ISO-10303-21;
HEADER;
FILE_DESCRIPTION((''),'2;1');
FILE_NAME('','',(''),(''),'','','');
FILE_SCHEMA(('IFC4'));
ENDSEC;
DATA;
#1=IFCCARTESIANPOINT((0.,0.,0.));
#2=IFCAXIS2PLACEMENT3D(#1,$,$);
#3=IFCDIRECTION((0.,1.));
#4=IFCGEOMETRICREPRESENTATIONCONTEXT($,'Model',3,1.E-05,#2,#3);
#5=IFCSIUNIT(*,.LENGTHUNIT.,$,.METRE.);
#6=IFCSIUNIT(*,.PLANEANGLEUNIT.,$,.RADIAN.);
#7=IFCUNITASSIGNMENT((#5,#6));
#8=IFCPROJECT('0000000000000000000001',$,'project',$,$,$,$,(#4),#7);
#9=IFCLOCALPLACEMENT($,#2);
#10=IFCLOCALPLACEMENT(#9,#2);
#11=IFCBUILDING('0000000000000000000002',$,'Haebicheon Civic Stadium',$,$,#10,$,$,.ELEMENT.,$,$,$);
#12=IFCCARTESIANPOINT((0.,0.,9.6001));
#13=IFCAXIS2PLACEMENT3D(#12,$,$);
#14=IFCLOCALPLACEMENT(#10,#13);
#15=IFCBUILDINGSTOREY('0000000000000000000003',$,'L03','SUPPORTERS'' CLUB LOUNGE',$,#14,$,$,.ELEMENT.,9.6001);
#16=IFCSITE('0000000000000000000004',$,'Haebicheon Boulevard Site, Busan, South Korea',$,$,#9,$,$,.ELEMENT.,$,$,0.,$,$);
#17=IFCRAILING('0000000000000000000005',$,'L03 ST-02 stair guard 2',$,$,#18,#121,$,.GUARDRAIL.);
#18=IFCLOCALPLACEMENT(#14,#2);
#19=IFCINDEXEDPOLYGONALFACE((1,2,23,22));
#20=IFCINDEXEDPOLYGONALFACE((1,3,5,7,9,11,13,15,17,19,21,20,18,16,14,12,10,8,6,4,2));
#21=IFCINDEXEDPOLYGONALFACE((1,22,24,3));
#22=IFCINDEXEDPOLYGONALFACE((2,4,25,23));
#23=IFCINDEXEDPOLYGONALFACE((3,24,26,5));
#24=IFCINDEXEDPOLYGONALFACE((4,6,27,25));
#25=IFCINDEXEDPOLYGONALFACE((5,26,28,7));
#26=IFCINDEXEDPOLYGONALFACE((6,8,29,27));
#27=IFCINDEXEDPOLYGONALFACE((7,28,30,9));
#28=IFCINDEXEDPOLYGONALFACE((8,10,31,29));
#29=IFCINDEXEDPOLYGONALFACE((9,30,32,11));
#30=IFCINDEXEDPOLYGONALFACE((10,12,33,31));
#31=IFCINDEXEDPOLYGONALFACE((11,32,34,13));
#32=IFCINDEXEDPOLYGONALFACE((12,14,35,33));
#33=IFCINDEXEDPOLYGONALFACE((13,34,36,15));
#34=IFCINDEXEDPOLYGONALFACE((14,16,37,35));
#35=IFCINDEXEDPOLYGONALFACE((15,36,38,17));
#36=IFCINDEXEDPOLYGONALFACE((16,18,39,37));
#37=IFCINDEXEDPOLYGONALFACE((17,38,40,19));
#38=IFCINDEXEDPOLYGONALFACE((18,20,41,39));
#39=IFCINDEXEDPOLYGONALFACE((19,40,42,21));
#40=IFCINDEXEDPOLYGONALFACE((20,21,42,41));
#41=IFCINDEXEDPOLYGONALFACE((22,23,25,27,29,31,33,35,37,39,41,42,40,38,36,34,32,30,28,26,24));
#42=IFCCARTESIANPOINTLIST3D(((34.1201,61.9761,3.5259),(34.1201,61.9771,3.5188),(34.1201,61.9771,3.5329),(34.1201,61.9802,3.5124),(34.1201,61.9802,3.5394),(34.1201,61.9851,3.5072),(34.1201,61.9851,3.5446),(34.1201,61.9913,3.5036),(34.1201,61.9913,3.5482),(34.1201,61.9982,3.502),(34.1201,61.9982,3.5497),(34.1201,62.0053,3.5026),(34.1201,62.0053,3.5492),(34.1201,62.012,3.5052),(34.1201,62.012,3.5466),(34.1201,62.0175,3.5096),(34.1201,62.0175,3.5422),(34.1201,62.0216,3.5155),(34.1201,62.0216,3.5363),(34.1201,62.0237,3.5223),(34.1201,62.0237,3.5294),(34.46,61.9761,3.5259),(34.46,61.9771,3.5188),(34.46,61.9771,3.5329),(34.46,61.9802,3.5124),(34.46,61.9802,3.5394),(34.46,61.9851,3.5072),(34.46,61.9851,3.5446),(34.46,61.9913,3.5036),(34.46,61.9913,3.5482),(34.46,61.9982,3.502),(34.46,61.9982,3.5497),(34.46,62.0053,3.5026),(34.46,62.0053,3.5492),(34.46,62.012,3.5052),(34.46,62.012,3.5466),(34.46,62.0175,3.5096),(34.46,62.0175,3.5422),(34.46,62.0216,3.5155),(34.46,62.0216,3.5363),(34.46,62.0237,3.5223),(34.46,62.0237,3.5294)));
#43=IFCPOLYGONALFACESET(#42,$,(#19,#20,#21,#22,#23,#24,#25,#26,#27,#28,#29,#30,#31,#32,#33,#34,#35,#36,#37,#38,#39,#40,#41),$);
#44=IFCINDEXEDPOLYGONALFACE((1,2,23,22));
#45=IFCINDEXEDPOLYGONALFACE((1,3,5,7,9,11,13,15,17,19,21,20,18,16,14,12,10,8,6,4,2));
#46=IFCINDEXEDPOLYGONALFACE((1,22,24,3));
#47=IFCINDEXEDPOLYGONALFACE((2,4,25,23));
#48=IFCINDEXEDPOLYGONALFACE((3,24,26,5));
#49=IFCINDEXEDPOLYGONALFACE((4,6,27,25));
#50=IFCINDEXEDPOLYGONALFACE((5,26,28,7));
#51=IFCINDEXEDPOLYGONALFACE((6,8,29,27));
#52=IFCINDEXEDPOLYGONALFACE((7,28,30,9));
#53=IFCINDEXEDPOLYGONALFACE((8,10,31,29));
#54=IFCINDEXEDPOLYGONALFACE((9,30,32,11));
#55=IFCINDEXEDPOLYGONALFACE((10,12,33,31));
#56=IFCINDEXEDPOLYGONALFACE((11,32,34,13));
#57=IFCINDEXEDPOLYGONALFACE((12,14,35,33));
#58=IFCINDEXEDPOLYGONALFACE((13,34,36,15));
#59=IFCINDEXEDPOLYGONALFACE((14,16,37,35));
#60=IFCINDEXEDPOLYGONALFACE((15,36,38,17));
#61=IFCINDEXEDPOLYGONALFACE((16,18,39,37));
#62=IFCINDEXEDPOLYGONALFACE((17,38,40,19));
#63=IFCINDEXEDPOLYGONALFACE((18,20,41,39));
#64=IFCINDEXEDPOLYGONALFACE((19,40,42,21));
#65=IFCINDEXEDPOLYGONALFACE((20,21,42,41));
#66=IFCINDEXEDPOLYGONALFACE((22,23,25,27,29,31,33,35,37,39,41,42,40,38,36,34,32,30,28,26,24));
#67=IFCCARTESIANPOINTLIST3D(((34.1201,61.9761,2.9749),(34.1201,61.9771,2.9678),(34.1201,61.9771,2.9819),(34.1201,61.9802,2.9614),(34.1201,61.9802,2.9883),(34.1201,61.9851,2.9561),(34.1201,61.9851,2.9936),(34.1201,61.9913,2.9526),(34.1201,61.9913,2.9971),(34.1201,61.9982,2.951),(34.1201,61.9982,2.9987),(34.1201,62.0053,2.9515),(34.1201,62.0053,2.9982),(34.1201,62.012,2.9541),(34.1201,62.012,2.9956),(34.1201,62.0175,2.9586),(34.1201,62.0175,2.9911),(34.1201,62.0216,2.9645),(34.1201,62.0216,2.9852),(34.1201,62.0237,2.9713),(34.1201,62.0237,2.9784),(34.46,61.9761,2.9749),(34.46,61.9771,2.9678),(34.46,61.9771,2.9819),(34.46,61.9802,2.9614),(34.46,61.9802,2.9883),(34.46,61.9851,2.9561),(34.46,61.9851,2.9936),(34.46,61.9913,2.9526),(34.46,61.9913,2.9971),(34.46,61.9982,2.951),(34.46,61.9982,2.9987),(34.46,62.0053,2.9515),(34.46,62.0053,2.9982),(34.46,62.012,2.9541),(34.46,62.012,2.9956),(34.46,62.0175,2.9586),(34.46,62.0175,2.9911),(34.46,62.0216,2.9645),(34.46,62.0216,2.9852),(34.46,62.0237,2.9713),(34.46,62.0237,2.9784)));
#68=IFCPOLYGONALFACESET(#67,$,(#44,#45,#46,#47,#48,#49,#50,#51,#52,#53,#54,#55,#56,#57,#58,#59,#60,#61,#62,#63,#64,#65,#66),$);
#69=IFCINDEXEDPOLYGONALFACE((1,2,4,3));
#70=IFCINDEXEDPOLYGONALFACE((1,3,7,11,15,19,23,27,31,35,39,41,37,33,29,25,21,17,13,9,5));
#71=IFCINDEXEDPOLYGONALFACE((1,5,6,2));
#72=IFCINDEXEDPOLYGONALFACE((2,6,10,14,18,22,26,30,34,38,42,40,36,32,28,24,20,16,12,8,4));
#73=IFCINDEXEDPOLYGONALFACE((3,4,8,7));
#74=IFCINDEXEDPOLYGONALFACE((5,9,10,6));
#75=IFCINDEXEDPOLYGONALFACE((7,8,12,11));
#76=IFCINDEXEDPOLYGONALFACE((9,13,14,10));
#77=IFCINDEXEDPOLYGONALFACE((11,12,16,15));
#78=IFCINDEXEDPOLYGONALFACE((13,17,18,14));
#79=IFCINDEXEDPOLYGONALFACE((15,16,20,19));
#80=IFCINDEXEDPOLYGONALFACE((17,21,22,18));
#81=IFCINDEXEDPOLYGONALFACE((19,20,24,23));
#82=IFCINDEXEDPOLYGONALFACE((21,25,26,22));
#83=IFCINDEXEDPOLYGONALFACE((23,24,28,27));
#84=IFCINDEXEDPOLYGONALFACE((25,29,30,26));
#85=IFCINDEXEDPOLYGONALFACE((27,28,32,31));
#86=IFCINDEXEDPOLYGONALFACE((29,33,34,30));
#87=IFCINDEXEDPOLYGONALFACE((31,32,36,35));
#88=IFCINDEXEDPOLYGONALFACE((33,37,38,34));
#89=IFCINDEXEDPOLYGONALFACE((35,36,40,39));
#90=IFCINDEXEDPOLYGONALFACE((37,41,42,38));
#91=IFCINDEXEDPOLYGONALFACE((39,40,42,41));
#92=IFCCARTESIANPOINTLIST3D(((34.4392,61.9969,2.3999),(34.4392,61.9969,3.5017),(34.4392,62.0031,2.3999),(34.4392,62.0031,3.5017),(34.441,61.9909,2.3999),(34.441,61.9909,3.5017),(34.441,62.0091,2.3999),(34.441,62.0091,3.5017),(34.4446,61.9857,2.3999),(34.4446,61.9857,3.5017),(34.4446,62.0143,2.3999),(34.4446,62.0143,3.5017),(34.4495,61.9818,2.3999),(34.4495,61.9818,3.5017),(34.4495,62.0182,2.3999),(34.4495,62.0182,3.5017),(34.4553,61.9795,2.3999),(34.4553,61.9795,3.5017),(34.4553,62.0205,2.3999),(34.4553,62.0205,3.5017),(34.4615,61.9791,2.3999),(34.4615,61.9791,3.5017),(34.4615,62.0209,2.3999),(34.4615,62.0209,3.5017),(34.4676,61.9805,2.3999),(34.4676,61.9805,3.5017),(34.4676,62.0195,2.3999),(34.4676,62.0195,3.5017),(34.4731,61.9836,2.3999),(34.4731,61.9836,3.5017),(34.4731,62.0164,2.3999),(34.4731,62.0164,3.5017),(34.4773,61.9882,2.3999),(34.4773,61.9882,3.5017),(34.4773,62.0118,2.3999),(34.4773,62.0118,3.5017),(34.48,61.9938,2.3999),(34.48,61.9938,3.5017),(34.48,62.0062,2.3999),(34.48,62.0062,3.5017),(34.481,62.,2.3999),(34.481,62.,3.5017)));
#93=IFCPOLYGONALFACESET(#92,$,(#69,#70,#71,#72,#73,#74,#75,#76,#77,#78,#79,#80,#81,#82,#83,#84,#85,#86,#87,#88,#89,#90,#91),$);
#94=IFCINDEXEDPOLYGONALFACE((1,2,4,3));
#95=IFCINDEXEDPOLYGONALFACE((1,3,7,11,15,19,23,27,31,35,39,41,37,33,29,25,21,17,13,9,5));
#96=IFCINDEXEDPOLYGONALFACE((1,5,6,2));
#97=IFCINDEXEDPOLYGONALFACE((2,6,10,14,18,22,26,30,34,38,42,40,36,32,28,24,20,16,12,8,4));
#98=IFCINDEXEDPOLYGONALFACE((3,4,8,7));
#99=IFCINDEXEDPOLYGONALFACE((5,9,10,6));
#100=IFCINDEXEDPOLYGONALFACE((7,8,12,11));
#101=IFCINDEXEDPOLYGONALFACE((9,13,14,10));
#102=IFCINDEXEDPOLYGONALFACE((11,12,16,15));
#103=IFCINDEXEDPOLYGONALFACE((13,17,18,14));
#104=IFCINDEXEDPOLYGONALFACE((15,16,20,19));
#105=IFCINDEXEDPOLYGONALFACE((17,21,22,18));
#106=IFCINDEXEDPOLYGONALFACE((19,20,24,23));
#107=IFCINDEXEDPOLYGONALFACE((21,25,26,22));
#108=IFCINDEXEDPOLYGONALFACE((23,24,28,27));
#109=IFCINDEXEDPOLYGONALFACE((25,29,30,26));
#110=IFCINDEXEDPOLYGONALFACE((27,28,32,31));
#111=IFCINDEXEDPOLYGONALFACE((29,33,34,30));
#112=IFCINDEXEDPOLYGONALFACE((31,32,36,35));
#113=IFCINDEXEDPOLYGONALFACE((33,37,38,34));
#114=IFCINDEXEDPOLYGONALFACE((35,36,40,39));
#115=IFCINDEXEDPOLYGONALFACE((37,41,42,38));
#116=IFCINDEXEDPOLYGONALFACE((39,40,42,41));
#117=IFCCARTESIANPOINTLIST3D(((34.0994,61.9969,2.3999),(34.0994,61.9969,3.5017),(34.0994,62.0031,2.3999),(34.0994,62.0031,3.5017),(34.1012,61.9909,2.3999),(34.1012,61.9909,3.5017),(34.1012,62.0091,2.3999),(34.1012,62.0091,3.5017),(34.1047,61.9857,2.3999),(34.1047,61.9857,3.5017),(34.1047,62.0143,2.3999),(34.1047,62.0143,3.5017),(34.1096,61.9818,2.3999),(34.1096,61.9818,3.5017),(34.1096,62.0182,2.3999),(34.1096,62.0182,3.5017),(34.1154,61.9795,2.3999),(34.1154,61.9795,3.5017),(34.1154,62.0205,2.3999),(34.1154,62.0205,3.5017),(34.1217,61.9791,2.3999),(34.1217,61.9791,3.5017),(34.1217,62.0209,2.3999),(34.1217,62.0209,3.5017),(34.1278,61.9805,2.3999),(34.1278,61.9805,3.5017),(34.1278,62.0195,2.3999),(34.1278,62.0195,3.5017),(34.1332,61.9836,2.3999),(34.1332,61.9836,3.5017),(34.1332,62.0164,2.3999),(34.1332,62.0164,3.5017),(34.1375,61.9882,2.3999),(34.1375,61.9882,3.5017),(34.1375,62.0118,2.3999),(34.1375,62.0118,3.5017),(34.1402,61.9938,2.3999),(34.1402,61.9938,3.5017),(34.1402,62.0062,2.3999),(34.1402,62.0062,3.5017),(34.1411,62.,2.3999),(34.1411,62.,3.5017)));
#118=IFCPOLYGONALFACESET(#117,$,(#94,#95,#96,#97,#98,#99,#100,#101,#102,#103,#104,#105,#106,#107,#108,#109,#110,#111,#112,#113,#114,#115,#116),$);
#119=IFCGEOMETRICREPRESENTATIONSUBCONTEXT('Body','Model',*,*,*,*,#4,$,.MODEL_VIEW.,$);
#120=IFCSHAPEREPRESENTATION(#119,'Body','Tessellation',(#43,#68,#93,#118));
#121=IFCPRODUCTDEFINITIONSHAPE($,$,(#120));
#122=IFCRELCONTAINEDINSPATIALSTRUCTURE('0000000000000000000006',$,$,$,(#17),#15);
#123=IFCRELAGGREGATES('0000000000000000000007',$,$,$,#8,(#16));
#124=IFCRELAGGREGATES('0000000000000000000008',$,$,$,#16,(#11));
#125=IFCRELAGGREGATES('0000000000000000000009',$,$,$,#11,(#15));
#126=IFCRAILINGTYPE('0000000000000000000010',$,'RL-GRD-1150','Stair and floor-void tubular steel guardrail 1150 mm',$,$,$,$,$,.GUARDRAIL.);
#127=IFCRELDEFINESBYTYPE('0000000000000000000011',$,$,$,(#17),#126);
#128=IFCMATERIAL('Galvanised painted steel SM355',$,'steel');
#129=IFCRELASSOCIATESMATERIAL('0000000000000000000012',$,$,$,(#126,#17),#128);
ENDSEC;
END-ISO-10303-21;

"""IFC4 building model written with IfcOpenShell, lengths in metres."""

from ifc_helpers import new_model, si_unit, direction, frame, origin, origin_2d, place, context, subcontext, project, spatial, circle, extrude, material, type_object, element, save


model = new_model("IFC4")

# Units and contexts
model_context = context("Model", 3, precision=1e-05, world=origin(), true_north=direction((0.0, 1.0)))
body_context = subcontext(model_context, "Body", "Model", "MODEL_VIEW")
ifc_project = project(units=[si_unit("LENGTHUNIT", "METRE"), si_unit("PLANEANGLEUNIT", "RADIAN")], contexts=[model_context])

# Site, building, storey
site_placement = place(None, origin())
site = spatial("IfcSite", under=ifc_project, at=site_placement, Name="Haebicheon Boulevard Site, Busan, South Korea", CompositionType="ELEMENT", RefElevation=0.0)
building_placement = place(site_placement, origin())
building = spatial("IfcBuilding", under=site, at=building_placement, Name="Haebicheon Civic Stadium", CompositionType="ELEMENT")
storey_placement = place(building_placement, frame((0.0, 0.0, 9.6001)))
storey = spatial("IfcBuildingStorey", under=building, at=storey_placement, Name="L03", Description="SUPPORTERS' CLUB LOUNGE", CompositionType="ELEMENT", Elevation=9.6001)

# Railing
ifc_material_1 = material(Name="Galvanised painted steel SM355", Category="steel")
railing_type = type_object("IfcRailingType", Name="RL-GRD-1150", Description="Stair and floor-void tubular steel guardrail 1150 mm", PredefinedType="GUARDRAIL", material=ifc_material_1)
railing_1_placement = place(storey_placement, frame((34.46, 62.0, 2.3999)))
element("IfcRailing", 1, at=railing_1_placement, inside=storey, type_object=railing_type, material=ifc_material_1, Name="L03 ST-02 stair guard 2", PredefinedType="GUARDRAIL", context=body_context, shape_type="SweptSolid", body=[
    extrude(circle(Radius=0.0239, at=origin_2d()), frame((0.0, 0.0, 1.126), z_axis=(-1.0, 0.0, 0.0), x_axis=(0.0, -1.0, 0.0)), (0.0, 0.0, 1.0), 0.3398),
    extrude(circle(Radius=0.0239, at=origin_2d()), frame((0.0, 0.0, 0.575), z_axis=(-1.0, 0.0, 0.0), x_axis=(0.0, -1.0, 0.0)), (0.0, 0.0, 1.0), 0.3398),
    extrude(circle(Radius=0.021, at=origin_2d()), origin(), (0.0, 0.0, 1.0), 1.1018),
    extrude(circle(Radius=0.021, at=origin_2d()), frame((-0.3398, 0.0, 0.0)), (0.0, 0.0, 1.0), 1.1018),
])

save(model, "model.ifc")
